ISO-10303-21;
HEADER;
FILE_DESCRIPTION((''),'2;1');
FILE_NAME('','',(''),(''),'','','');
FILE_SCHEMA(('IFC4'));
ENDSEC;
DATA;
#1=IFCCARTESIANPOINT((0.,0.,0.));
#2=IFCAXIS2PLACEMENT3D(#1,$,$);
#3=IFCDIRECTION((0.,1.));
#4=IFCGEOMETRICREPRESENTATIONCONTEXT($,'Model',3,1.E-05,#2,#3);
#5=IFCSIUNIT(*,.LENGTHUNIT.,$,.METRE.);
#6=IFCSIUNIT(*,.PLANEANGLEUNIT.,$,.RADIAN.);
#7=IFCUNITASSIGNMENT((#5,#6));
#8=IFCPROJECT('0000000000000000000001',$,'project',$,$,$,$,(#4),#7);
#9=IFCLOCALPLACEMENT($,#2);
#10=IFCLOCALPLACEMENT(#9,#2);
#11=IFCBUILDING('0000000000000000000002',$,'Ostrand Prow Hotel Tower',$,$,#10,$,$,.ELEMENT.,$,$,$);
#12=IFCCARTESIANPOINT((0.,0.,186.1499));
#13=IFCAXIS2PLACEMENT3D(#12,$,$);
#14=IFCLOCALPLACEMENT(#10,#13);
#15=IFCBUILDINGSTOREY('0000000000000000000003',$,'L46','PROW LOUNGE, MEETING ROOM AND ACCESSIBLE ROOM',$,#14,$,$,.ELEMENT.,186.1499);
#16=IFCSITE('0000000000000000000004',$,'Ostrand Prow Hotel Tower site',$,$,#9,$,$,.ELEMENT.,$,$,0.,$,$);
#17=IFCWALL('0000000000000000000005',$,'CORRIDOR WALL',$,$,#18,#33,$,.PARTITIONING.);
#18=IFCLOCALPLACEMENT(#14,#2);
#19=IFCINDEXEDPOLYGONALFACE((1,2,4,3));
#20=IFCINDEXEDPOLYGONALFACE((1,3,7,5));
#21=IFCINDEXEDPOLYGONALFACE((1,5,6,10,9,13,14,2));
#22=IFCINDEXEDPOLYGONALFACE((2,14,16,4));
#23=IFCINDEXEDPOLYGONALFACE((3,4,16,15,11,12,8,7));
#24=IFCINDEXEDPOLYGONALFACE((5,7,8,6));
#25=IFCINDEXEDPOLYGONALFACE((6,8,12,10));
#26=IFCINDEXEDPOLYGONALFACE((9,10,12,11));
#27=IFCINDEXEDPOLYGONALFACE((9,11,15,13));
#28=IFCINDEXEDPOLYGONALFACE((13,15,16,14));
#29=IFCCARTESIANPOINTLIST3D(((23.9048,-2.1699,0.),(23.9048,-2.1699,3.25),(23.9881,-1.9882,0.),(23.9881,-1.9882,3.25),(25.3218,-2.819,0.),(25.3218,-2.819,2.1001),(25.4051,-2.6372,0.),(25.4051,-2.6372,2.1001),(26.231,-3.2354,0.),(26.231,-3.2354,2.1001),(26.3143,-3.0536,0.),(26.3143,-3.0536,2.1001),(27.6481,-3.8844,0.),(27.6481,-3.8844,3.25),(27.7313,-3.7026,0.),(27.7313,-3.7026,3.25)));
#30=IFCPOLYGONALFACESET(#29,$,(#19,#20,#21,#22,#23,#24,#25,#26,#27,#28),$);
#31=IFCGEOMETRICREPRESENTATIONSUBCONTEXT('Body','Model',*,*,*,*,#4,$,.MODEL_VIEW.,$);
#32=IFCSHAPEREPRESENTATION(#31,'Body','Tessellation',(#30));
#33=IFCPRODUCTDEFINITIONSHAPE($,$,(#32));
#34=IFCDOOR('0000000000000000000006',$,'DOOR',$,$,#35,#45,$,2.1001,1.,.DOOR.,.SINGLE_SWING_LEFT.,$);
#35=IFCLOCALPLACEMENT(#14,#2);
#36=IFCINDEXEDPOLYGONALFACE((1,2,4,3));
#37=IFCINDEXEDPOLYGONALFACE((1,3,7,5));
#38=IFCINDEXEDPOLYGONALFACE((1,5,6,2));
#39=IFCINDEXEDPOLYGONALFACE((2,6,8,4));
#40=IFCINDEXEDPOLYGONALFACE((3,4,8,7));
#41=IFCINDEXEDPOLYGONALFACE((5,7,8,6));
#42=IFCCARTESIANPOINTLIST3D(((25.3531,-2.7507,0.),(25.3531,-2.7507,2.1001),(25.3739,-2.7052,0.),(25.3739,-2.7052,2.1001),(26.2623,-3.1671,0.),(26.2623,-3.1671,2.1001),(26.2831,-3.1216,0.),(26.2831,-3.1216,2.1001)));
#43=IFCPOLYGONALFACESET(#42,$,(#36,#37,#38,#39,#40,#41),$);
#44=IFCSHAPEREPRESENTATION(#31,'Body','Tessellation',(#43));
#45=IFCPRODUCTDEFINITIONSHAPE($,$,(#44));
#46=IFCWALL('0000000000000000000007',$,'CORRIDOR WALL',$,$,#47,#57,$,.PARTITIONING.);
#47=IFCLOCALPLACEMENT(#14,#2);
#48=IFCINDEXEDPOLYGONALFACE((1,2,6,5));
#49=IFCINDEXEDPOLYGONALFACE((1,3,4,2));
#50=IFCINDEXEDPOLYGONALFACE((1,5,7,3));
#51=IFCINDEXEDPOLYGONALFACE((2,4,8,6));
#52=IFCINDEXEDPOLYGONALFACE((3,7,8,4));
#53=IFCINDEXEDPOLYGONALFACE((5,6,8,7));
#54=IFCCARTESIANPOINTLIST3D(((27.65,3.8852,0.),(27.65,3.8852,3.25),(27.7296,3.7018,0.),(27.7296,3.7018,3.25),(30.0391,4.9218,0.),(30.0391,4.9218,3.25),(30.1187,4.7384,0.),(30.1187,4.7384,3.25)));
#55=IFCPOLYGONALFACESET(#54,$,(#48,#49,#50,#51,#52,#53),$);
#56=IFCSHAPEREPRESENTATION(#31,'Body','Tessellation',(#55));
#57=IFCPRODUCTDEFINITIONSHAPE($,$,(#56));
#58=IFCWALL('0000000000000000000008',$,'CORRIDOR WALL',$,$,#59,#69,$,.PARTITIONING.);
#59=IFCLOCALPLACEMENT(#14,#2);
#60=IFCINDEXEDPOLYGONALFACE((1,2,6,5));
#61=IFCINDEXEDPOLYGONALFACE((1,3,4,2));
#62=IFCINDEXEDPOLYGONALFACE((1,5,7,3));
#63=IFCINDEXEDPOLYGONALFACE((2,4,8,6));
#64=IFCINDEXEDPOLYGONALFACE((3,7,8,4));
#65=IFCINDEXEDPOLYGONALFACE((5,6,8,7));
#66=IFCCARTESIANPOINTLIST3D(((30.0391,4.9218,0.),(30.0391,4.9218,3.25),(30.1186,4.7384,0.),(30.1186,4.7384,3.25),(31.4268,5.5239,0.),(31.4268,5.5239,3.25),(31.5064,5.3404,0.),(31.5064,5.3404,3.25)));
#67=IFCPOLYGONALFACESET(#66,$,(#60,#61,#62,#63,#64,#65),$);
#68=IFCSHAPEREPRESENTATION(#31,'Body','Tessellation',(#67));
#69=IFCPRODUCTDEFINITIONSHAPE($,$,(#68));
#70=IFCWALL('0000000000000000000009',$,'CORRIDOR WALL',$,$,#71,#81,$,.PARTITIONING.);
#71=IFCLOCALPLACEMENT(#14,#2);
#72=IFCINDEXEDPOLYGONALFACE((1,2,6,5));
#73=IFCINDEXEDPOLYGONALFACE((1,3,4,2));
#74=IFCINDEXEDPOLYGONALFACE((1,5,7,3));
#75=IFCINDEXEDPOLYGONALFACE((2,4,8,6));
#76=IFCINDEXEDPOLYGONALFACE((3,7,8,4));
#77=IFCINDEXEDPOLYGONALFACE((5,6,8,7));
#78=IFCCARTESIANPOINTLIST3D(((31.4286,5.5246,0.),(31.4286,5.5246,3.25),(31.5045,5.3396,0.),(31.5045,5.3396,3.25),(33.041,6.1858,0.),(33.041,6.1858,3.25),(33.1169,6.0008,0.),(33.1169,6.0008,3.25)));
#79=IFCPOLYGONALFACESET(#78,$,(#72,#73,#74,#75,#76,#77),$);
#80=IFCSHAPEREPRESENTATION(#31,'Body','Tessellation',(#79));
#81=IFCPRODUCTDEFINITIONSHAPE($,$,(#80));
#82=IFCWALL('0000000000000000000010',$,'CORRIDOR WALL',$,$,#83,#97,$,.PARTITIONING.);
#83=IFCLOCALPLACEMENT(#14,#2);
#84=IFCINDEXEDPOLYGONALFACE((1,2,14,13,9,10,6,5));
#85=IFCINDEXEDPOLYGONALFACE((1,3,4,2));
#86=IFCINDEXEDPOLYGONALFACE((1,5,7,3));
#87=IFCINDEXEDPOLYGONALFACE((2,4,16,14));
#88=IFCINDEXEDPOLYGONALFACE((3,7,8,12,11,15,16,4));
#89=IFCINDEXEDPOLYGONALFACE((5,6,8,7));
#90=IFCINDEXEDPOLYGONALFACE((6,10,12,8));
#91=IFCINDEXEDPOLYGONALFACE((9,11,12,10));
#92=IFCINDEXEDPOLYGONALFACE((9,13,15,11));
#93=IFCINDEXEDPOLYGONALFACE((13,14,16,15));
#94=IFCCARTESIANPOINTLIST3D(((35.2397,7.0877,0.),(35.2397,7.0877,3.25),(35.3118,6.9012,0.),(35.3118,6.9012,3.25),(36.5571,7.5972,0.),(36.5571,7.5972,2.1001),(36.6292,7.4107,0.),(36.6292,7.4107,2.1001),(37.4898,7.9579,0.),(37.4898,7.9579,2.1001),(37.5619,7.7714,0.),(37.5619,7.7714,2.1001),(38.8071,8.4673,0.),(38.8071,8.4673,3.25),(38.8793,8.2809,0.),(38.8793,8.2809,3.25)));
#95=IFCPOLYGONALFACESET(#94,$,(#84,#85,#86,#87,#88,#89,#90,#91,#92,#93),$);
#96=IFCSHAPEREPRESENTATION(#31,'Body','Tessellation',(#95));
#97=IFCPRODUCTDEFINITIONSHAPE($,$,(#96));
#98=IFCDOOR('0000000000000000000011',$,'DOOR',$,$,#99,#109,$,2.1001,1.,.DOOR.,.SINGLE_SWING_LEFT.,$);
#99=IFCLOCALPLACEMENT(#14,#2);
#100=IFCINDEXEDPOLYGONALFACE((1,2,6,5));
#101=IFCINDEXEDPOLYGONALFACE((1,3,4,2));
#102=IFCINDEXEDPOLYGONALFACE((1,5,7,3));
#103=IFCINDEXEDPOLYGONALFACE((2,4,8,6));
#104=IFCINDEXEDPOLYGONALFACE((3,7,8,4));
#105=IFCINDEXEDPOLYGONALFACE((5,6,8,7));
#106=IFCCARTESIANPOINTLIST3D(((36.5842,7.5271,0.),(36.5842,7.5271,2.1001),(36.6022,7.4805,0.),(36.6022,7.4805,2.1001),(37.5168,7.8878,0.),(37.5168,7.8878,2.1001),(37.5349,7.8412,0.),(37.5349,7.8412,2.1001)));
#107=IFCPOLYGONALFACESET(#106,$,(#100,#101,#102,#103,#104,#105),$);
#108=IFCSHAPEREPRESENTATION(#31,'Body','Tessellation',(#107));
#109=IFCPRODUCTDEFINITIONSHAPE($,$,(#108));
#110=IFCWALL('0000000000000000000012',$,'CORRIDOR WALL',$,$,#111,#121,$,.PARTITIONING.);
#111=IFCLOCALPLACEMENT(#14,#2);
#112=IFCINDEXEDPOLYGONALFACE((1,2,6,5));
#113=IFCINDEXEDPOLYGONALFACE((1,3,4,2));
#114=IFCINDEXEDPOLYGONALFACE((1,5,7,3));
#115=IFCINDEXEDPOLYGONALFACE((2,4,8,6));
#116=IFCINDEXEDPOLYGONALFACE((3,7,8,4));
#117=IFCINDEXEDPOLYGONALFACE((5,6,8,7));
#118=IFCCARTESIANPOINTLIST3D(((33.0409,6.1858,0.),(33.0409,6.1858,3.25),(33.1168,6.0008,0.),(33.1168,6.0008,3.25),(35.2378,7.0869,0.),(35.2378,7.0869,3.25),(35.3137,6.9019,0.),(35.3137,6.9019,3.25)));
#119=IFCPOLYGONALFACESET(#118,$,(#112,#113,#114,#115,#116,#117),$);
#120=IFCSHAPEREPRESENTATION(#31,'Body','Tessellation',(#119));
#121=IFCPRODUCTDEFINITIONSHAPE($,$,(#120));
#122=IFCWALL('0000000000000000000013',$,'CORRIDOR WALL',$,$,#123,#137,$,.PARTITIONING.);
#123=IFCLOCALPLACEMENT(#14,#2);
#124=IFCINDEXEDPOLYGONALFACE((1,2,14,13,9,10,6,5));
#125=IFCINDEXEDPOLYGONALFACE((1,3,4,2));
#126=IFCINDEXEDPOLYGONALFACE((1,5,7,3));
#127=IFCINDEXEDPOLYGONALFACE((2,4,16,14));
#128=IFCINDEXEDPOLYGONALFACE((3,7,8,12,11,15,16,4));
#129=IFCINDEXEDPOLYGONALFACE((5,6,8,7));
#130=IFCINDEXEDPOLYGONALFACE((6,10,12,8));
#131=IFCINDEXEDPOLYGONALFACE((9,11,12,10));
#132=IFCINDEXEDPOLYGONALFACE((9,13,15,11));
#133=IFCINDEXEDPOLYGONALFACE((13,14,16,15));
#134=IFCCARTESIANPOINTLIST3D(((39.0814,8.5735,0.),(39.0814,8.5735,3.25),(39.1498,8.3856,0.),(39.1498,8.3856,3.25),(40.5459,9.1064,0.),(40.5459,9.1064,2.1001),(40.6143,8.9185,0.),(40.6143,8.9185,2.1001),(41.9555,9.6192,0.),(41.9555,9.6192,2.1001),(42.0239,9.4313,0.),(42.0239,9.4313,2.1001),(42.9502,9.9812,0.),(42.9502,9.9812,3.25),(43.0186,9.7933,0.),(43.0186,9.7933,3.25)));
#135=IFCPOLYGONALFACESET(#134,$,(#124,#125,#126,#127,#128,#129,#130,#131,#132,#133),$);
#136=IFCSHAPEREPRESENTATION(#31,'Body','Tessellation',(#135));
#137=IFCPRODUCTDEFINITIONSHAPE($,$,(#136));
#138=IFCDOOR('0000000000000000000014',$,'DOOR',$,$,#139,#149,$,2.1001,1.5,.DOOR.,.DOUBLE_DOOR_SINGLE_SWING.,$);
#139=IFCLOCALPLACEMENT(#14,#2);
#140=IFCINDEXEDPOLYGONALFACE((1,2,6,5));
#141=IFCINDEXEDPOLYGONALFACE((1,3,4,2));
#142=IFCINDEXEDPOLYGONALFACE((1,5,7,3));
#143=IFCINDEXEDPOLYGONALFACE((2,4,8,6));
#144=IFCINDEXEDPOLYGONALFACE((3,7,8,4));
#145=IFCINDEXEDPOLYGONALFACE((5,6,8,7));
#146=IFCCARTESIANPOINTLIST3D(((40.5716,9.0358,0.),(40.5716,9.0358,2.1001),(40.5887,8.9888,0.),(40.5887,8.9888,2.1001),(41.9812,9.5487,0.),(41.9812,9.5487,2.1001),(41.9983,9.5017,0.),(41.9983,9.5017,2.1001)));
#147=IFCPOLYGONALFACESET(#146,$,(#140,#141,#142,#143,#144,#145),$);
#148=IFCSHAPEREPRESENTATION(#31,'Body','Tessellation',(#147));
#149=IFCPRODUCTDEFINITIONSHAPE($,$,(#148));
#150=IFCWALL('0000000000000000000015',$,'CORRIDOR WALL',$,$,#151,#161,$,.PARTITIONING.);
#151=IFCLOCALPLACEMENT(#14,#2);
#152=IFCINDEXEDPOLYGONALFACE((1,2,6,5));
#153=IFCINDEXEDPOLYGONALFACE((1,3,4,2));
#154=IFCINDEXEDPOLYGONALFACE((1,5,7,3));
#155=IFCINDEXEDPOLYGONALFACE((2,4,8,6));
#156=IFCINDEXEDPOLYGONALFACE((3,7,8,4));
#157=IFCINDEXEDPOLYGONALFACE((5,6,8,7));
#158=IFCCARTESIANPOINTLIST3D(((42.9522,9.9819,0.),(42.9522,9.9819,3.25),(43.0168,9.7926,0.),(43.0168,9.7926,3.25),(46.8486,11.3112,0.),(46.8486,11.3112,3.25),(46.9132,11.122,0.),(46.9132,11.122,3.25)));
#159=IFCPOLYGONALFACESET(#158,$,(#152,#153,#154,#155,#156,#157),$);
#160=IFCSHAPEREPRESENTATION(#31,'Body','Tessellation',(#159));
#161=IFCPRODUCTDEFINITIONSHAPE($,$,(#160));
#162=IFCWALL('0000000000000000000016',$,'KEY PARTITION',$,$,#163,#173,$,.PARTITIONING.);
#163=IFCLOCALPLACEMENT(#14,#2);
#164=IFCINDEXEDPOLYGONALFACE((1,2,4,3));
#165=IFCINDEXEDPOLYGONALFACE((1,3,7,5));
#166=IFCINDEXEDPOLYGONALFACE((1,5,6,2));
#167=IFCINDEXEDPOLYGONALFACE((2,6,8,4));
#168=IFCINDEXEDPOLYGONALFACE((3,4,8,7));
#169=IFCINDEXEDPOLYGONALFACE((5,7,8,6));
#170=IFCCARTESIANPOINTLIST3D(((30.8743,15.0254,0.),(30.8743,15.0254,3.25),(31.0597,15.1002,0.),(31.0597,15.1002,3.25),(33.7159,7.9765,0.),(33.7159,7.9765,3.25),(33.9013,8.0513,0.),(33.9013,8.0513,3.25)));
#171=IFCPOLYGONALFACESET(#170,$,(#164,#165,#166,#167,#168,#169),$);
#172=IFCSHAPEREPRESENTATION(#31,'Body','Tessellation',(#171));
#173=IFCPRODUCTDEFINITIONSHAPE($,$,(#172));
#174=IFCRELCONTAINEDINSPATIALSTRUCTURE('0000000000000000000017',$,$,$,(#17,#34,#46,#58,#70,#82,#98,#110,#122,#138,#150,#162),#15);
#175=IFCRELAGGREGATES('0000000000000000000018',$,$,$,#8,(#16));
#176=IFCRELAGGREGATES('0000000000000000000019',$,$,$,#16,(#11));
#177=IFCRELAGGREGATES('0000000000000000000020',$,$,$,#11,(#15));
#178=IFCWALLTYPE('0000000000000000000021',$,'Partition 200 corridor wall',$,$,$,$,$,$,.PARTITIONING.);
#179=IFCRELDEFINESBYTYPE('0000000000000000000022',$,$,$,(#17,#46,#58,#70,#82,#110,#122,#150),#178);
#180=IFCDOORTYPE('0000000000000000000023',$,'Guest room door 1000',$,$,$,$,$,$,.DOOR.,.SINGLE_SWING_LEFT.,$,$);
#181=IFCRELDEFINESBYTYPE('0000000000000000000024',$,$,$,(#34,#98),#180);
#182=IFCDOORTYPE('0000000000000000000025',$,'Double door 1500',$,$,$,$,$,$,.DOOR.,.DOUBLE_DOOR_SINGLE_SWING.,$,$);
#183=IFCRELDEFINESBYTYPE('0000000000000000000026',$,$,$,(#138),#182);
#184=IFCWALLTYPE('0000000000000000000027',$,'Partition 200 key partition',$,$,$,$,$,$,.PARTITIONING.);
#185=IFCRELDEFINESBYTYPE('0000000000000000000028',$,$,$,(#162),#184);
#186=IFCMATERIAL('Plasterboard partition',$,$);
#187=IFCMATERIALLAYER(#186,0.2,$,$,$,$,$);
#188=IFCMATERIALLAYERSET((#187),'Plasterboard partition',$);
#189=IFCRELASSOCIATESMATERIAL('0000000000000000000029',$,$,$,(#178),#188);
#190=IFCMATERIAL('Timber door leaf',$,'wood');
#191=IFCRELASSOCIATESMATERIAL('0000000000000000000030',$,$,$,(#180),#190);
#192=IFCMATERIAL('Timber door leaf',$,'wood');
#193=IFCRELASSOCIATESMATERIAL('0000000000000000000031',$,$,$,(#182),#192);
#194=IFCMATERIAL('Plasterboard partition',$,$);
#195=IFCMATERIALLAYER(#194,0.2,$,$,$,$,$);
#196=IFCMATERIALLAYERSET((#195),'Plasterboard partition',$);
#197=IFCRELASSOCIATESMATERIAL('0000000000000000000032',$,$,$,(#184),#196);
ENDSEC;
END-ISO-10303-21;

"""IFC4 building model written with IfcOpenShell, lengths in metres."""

from ifc_helpers import new_model, si_unit, direction, frame, frame_2d, origin, place, context, subcontext, project, spatial, rectangle, extrude, material, layer, layer_set, type_object, element, fill, save


model = new_model("IFC4")

# Units and contexts
model_context = context("Model", 3, precision=1e-05, world=origin(), true_north=direction((0.0, 1.0)))
body_context = subcontext(model_context, "Body", "Model", "MODEL_VIEW")
ifc_project = project(units=[si_unit("LENGTHUNIT", "METRE"), si_unit("PLANEANGLEUNIT", "RADIAN")], contexts=[model_context])

# Site, building, storey
site_placement = place(None, origin())
site = spatial("IfcSite", under=ifc_project, at=site_placement, Name="Ostrand Prow Hotel Tower site", CompositionType="ELEMENT", RefElevation=0.0)
building_placement = place(site_placement, origin())
building = spatial("IfcBuilding", under=site, at=building_placement, Name="Ostrand Prow Hotel Tower", CompositionType="ELEMENT")
storey_placement = place(building_placement, frame((0.0, 0.0, 186.1499)))
storey = spatial("IfcBuildingStorey", under=building, at=storey_placement, Name="L46", Description="PROW LOUNGE, MEETING ROOM AND ACCESSIBLE ROOM", CompositionType="ELEMENT", Elevation=186.1499)

# Wall, opening, door
ifc_material_1 = material(Name="Plasterboard partition")
ifc_layer_1 = layer(ifc_material_1, 0.2)
ifc_layer_set_1 = layer_set([ifc_layer_1], Name="Plasterboard partition")
wall_type_1 = type_object("IfcWallType", Name="Partition 200 corridor wall", PredefinedType="PARTITIONING", material=ifc_layer_set_1)
wall_1_placement = place(storey_placement, frame((27.6897, -3.7935, 0.0), z_axis=(0.0, 0.0, 1.0), x_axis=(-0.909181, 0.416402, 0.0)))
wall_1 = element("IfcWall", 1, at=wall_1_placement, inside=storey, type_object=wall_type_1, Name="CORRIDOR WALL", PredefinedType="PARTITIONING", context=body_context, shape_type="SweptSolid", body=[
    extrude(rectangle(XDim=4.1172, YDim=0.2, at=frame_2d((2.0586, 0.0))), origin(), (0.0, 0.0, 1.0), 3.25),
])
opening_1_placement = place(wall_1_placement, frame((1.5586, 0.0, 0.0)))
opening_1 = element("IfcOpeningElement", 2, at=opening_1_placement, cuts=wall_1, PredefinedType="OPENING", context=body_context, shape_type="SweptSolid", body=[
    extrude(rectangle(XDim=1.0, YDim=2.1001, at=frame_2d((0.5, 1.05))), frame((0.0, 0.1099, 0.0), z_axis=(0.0, -1.0, 0.0), x_axis=(1.0, 0.0, 0.0)), (0.0, 0.0, 1.0), 0.22),
])
ifc_material_2 = material(Name="Timber door leaf", Category="wood")
door_type_1 = type_object("IfcDoorType", Name="Guest room door 1000", OperationType="SINGLE_SWING_LEFT", PredefinedType="DOOR", material=ifc_material_2)
door_1_placement = place(opening_1_placement, origin())
door_1 = element("IfcDoor", 3, at=door_1_placement, inside=storey, type_object=door_type_1, Name="DOOR", OperationType="SINGLE_SWING_LEFT", OverallHeight=2.1001, OverallWidth=1.0, PredefinedType="DOOR", context=body_context, shape_type="SweptSolid", body=[
    extrude(rectangle(XDim=1.0, YDim=2.1001, at=frame_2d((0.5, 1.05))), frame((0.0, 0.0249, 0.0), z_axis=(0.0, -1.0, 0.0), x_axis=(1.0, 0.0, 0.0)), (0.0, 0.0, 1.0), 0.05),
])
fill(opening_1, door_1)

# Walls
wall_2_placement = place(storey_placement, frame((27.6897, 3.7935, 0.0), z_axis=(0.0, 0.0, 1.0), x_axis=(0.917371, 0.398034, 0.0)))
element("IfcWall", 4, at=wall_2_placement, inside=storey, type_object=wall_type_1, Name="CORRIDOR WALL", PredefinedType="PARTITIONING", context=body_context, shape_type="SweptSolid", body=[
    extrude(rectangle(XDim=2.6042, YDim=0.2, at=frame_2d((1.3022, 0.0))), origin(), (0.0, 0.0, 1.0), 3.25),
])
wall_3_placement = place(storey_placement, frame((30.0789, 4.8301, 0.0), z_axis=(0.0, 0.0, 1.0), x_axis=(0.917383, 0.398006, 0.0)))
element("IfcWall", 5, at=wall_3_placement, inside=storey, type_object=wall_type_1, Name="CORRIDOR WALL", PredefinedType="PARTITIONING", context=body_context, shape_type="SweptSolid", body=[
    extrude(rectangle(XDim=1.5127, YDim=0.2, at=frame_2d((0.7563, 0.0))), origin(), (0.0, 0.0, 1.0), 3.25),
])
wall_4_placement = place(storey_placement, frame((31.4666, 5.4321, 0.0), z_axis=(0.0, 0.0, 1.0), x_axis=(0.925234, 0.379396, 0.0)))
element("IfcWall", 6, at=wall_4_placement, inside=storey, type_object=wall_type_1, Name="CORRIDOR WALL", PredefinedType="PARTITIONING", context=body_context, shape_type="SweptSolid", body=[
    extrude(rectangle(XDim=1.7427, YDim=0.2, at=frame_2d((0.8713, 0.0))), origin(), (0.0, 0.0, 1.0), 3.25),
])

# Wall, opening, door
wall_5_placement = place(storey_placement, frame((35.2756, 6.9944, 0.0), z_axis=(0.0, 0.0, 1.0), x_axis=(0.932681, 0.360702, 0.0)))
wall_5 = element("IfcWall", 7, at=wall_5_placement, inside=storey, type_object=wall_type_1, Name="CORRIDOR WALL", PredefinedType="PARTITIONING", context=body_context, shape_type="SweptSolid", body=[
    extrude(rectangle(XDim=3.825, YDim=0.2, at=frame_2d((1.9126, 0.0))), origin(), (0.0, 0.0, 1.0), 3.25),
])
opening_2_placement = place(wall_5_placement, frame((1.4126, 0.0, 0.0)))
opening_2 = element("IfcOpeningElement", 8, at=opening_2_placement, cuts=wall_5, PredefinedType="OPENING", context=body_context, shape_type="SweptSolid", body=[
    extrude(rectangle(XDim=1.0, YDim=2.1001, at=frame_2d((0.5, 1.05))), frame((0.0, 0.1099, 0.0), z_axis=(0.0, -1.0, 0.0), x_axis=(1.0, 0.0, 0.0)), (0.0, 0.0, 1.0), 0.22),
])
door_2_placement = place(opening_2_placement, origin())
door_2 = element("IfcDoor", 9, at=door_2_placement, inside=storey, type_object=door_type_1, Name="DOOR", OperationType="SINGLE_SWING_LEFT", OverallHeight=2.1001, OverallWidth=1.0, PredefinedType="DOOR", context=body_context, shape_type="SweptSolid", body=[
    extrude(rectangle(XDim=1.0, YDim=2.1001, at=frame_2d((0.5, 1.05))), frame((0.0, 0.0249, 0.0), z_axis=(0.0, -1.0, 0.0), x_axis=(1.0, 0.0, 0.0)), (0.0, 0.0, 1.0), 0.05),
])
fill(opening_2, door_2)

# Wall
wall_6_placement = place(storey_placement, frame((33.0789, 6.0933, 0.0), z_axis=(0.0, 0.0, 1.0), x_axis=(0.925186, 0.379513, 0.0)))
element("IfcWall", 10, at=wall_6_placement, inside=storey, type_object=wall_type_1, Name="CORRIDOR WALL", PredefinedType="PARTITIONING", context=body_context, shape_type="SweptSolid", body=[
    extrude(rectangle(XDim=2.3745, YDim=0.2, at=frame_2d((1.1873, 0.0))), origin(), (0.0, 0.0, 1.0), 3.25),
])

# Wall, opening, door
wall_7_placement = place(storey_placement, frame((39.1155, 8.4795, 0.0), z_axis=(0.0, 0.0, 1.0), x_axis=(0.939728, 0.341924, 0.0)))
wall_7 = element("IfcWall", 11, at=wall_7_placement, inside=storey, type_object=wall_type_1, Name="CORRIDOR WALL", PredefinedType="PARTITIONING", context=body_context, shape_type="SweptSolid", body=[
    extrude(rectangle(XDim=4.1169, YDim=0.2, at=frame_2d((2.0586, 0.0))), origin(), (0.0, 0.0, 1.0), 3.25),
])
opening_3_placement = place(wall_7_placement, frame((1.5586, 0.0, 0.0)))
opening_3 = element("IfcOpeningElement", 12, at=opening_3_placement, cuts=wall_7, PredefinedType="OPENING", context=body_context, shape_type="SweptSolid", body=[
    extrude(rectangle(XDim=1.5, YDim=2.1001, at=frame_2d((0.75, 1.05))), frame((0.0, 0.1099, 0.0), z_axis=(0.0, -1.0, 0.0), x_axis=(1.0, 0.0, 0.0)), (0.0, 0.0, 1.0), 0.22),
])
ifc_material_3 = material(Name="Timber door leaf", Category="wood")
door_type_2 = type_object("IfcDoorType", Name="Double door 1500", OperationType="DOUBLE_DOOR_SINGLE_SWING", PredefinedType="DOOR", material=ifc_material_3)
door_3_placement = place(opening_3_placement, origin())
door_3 = element("IfcDoor", 13, at=door_3_placement, inside=storey, type_object=door_type_2, Name="DOOR", OperationType="DOUBLE_DOOR_SINGLE_SWING", OverallHeight=2.1001, OverallWidth=1.5, PredefinedType="DOOR", context=body_context, shape_type="SweptSolid", body=[
    extrude(rectangle(XDim=1.5, YDim=2.1001, at=frame_2d((0.75, 1.05))), frame((0.0, 0.0249, 0.0), z_axis=(0.0, -1.0, 0.0), x_axis=(1.0, 0.0, 0.0)), (0.0, 0.0, 1.0), 0.05),
])
fill(opening_3, door_3)

# Walls
wall_8_placement = place(storey_placement, frame((42.9844, 9.8872, 0.0), z_axis=(0.0, 0.0, 1.0), x_axis=(0.946436, 0.322891, 0.0)))
element("IfcWall", 14, at=wall_8_placement, inside=storey, type_object=wall_type_1, Name="CORRIDOR WALL", PredefinedType="PARTITIONING", context=body_context, shape_type="SweptSolid", body=[
    extrude(rectangle(XDim=4.1169, YDim=0.2, at=frame_2d((2.0586, 0.0))), origin(), (0.0, 0.0, 1.0), 3.25),
])
ifc_material_4 = material(Name="Plasterboard partition")
ifc_layer_2 = layer(ifc_material_4, 0.2)
ifc_layer_set_2 = layer_set([ifc_layer_2], Name="Plasterboard partition")
wall_type_2 = type_object("IfcWallType", Name="Partition 200 key partition", PredefinedType="PARTITIONING", material=ifc_layer_set_2)
wall_9_placement = place(storey_placement, frame((33.8086, 8.0139, 0.0), z_axis=(0.0, 0.0, 1.0), x_axis=(-0.373887, 0.927474, 0.0)))
element("IfcWall", 15, at=wall_9_placement, inside=storey, type_object=wall_type_2, Name="KEY PARTITION", PredefinedType="PARTITIONING", context=body_context, shape_type="SweptSolid", body=[
    extrude(rectangle(XDim=7.6001, YDim=0.2, at=frame_2d((3.8, 0.0))), origin(), (0.0, 0.0, 1.0), 3.25),
])

save(model, "model.ifc")
